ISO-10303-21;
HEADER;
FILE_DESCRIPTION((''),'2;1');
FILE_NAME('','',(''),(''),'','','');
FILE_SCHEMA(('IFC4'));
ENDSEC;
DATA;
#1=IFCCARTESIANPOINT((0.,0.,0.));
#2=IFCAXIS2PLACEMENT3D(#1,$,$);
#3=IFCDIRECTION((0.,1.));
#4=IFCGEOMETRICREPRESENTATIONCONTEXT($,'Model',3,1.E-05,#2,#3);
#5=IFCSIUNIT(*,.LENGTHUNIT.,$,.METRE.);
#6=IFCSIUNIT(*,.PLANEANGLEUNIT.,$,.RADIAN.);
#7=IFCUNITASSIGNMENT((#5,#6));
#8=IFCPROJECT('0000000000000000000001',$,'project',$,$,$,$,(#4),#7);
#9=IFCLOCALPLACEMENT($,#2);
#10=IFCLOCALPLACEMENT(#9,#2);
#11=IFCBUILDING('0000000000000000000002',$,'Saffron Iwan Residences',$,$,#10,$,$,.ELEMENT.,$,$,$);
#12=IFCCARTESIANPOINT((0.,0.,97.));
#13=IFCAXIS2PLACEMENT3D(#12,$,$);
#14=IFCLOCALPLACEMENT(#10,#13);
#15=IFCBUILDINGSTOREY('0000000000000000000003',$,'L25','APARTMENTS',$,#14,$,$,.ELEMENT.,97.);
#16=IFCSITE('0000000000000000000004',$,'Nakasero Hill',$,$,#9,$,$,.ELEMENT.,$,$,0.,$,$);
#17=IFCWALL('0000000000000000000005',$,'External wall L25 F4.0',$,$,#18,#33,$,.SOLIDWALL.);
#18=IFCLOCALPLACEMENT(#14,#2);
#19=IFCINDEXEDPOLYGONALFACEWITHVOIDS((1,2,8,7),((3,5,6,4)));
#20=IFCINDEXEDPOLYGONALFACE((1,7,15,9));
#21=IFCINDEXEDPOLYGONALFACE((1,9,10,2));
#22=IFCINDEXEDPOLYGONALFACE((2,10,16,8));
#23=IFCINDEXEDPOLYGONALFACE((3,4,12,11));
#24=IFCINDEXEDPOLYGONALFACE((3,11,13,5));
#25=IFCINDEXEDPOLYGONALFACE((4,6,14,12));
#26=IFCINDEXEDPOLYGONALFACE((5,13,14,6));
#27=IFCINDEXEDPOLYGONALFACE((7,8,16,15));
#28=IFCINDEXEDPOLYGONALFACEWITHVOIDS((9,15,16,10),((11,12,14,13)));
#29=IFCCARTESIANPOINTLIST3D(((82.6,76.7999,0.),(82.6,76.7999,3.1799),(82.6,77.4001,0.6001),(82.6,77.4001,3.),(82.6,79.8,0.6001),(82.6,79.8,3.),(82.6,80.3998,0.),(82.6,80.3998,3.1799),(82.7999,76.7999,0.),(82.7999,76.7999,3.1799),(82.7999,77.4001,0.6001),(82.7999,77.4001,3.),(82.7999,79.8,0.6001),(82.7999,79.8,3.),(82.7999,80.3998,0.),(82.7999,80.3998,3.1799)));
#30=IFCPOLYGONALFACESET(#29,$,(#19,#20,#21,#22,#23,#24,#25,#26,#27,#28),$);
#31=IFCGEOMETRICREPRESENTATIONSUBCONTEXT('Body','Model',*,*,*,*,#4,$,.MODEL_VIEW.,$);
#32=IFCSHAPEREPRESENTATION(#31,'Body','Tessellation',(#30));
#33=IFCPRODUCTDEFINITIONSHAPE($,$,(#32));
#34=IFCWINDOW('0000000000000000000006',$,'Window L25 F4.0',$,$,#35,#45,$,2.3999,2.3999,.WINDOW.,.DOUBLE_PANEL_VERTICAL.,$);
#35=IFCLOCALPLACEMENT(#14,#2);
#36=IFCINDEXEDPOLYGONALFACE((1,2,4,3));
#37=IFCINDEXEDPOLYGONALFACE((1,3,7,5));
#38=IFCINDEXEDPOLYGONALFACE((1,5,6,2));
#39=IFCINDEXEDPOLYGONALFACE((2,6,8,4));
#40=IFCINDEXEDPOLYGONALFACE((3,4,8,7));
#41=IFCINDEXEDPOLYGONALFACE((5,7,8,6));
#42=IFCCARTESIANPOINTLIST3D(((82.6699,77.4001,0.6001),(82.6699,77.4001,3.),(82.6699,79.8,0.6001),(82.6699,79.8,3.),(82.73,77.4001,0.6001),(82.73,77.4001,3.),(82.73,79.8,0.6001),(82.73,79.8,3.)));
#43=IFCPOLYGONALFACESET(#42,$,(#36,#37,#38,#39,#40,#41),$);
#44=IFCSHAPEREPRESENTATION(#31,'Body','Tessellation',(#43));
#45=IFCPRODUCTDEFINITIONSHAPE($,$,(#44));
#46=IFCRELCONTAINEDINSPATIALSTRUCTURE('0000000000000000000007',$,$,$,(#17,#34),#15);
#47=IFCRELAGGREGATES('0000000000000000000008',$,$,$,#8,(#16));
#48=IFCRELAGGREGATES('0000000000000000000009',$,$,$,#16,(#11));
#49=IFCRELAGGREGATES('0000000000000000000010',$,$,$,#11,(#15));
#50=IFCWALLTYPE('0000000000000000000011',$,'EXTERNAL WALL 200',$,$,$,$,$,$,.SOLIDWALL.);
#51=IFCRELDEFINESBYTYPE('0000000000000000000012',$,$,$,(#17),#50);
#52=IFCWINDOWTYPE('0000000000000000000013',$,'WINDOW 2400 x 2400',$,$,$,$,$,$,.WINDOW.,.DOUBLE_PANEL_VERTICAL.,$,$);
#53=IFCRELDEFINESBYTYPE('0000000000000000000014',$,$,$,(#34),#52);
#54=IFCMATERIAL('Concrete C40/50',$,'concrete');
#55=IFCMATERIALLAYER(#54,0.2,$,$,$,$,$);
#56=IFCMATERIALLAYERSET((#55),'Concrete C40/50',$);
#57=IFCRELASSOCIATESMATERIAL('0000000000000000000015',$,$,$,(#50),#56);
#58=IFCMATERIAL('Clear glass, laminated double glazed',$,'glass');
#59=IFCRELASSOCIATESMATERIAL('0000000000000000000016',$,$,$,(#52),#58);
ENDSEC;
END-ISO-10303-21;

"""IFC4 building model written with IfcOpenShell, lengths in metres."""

from ifc_helpers import new_model, si_unit, direction, frame, frame_2d, origin, place, context, subcontext, project, spatial, rectangle, extrude, material, layer, layer_set, type_object, element, fill, save


model = new_model("IFC4")

# Units and contexts
model_context = context("Model", 3, precision=1e-05, world=origin(), true_north=direction((0.0, 1.0)))
body_context = subcontext(model_context, "Body", "Model", "MODEL_VIEW")
ifc_project = project(units=[si_unit("LENGTHUNIT", "METRE"), si_unit("PLANEANGLEUNIT", "RADIAN")], contexts=[model_context])

# Site, building, storey
site_placement = place(None, origin())
site = spatial("IfcSite", under=ifc_project, at=site_placement, Name="Nakasero Hill", CompositionType="ELEMENT", RefElevation=0.0)
building_placement = place(site_placement, origin())
building = spatial("IfcBuilding", under=site, at=building_placement, Name="Saffron Iwan Residences", CompositionType="ELEMENT")
storey_placement = place(building_placement, frame((0.0, 0.0, 97.0)))
storey = spatial("IfcBuildingStorey", under=building, at=storey_placement, Name="L25", Description="APARTMENTS", CompositionType="ELEMENT", Elevation=97.0)

# Shared definitions
ifc_material_1 = material(Name="Concrete C40/50", Category="concrete")
ifc_layer_1 = layer(ifc_material_1, 0.2)
ifc_layer_set_1 = layer_set([ifc_layer_1], Name="Concrete C40/50")
wall_type_1 = type_object("IfcWallType", Name="EXTERNAL WALL 200", PredefinedType="SOLIDWALL", material=ifc_layer_set_1)
ifc_material_2 = material(Name="Clear glass, laminated double glazed", Category="glass")
window_type_1 = type_object("IfcWindowType", Name="WINDOW 2400 x 2400", PartitioningType="DOUBLE_PANEL_VERTICAL", PredefinedType="WINDOW", material=ifc_material_2)

# Wall, opening, window
wall_1_placement = place(storey_placement, frame((82.7, 76.8, 0.0), z_axis=(0.0, 0.0, 1.0), x_axis=(0.0, 1.0, 0.0)))
wall_1 = element("IfcWall", 1, at=wall_1_placement, inside=storey, type_object=wall_type_1, Name="External wall L25 F4.0", PredefinedType="SOLIDWALL", context=body_context, shape_type="SweptSolid", body=[
    extrude(rectangle(XDim=3.5999, YDim=0.2, at=frame_2d((1.7998, 0.0))), origin(), (0.0, 0.0, 1.0), 3.1799),
])
opening_1_placement = place(wall_1_placement, frame((0.6001, 0.0, 0.6001)))
opening_1 = element("IfcOpeningElement", 2, at=opening_1_placement, cuts=wall_1, PredefinedType="OPENING", context=body_context, shape_type="SweptSolid", body=[
    extrude(rectangle(XDim=2.3999, YDim=2.3999, at=frame_2d((1.2, 1.2))), frame((0.0, 0.1099, 0.0), z_axis=(0.0, -1.0, 0.0), x_axis=(1.0, 0.0, 0.0)), (0.0, 0.0, 1.0), 0.22),
])
window_1_placement = place(opening_1_placement, origin())
window_1 = element("IfcWindow", 3, at=window_1_placement, inside=storey, type_object=window_type_1, Name="Window L25 F4.0", OverallHeight=2.3999, OverallWidth=2.3999, PartitioningType="DOUBLE_PANEL_VERTICAL", PredefinedType="WINDOW", context=body_context, shape_type="SweptSolid", body=[
    extrude(rectangle(XDim=2.3999, YDim=2.3999, at=frame_2d((1.2, 1.2))), frame((0.0, 0.03, 0.0), z_axis=(0.0, -1.0, 0.0), x_axis=(1.0, 0.0, 0.0)), (0.0, 0.0, 1.0), 0.0601),
])
fill(opening_1, window_1)

save(model, "model.ifc")
